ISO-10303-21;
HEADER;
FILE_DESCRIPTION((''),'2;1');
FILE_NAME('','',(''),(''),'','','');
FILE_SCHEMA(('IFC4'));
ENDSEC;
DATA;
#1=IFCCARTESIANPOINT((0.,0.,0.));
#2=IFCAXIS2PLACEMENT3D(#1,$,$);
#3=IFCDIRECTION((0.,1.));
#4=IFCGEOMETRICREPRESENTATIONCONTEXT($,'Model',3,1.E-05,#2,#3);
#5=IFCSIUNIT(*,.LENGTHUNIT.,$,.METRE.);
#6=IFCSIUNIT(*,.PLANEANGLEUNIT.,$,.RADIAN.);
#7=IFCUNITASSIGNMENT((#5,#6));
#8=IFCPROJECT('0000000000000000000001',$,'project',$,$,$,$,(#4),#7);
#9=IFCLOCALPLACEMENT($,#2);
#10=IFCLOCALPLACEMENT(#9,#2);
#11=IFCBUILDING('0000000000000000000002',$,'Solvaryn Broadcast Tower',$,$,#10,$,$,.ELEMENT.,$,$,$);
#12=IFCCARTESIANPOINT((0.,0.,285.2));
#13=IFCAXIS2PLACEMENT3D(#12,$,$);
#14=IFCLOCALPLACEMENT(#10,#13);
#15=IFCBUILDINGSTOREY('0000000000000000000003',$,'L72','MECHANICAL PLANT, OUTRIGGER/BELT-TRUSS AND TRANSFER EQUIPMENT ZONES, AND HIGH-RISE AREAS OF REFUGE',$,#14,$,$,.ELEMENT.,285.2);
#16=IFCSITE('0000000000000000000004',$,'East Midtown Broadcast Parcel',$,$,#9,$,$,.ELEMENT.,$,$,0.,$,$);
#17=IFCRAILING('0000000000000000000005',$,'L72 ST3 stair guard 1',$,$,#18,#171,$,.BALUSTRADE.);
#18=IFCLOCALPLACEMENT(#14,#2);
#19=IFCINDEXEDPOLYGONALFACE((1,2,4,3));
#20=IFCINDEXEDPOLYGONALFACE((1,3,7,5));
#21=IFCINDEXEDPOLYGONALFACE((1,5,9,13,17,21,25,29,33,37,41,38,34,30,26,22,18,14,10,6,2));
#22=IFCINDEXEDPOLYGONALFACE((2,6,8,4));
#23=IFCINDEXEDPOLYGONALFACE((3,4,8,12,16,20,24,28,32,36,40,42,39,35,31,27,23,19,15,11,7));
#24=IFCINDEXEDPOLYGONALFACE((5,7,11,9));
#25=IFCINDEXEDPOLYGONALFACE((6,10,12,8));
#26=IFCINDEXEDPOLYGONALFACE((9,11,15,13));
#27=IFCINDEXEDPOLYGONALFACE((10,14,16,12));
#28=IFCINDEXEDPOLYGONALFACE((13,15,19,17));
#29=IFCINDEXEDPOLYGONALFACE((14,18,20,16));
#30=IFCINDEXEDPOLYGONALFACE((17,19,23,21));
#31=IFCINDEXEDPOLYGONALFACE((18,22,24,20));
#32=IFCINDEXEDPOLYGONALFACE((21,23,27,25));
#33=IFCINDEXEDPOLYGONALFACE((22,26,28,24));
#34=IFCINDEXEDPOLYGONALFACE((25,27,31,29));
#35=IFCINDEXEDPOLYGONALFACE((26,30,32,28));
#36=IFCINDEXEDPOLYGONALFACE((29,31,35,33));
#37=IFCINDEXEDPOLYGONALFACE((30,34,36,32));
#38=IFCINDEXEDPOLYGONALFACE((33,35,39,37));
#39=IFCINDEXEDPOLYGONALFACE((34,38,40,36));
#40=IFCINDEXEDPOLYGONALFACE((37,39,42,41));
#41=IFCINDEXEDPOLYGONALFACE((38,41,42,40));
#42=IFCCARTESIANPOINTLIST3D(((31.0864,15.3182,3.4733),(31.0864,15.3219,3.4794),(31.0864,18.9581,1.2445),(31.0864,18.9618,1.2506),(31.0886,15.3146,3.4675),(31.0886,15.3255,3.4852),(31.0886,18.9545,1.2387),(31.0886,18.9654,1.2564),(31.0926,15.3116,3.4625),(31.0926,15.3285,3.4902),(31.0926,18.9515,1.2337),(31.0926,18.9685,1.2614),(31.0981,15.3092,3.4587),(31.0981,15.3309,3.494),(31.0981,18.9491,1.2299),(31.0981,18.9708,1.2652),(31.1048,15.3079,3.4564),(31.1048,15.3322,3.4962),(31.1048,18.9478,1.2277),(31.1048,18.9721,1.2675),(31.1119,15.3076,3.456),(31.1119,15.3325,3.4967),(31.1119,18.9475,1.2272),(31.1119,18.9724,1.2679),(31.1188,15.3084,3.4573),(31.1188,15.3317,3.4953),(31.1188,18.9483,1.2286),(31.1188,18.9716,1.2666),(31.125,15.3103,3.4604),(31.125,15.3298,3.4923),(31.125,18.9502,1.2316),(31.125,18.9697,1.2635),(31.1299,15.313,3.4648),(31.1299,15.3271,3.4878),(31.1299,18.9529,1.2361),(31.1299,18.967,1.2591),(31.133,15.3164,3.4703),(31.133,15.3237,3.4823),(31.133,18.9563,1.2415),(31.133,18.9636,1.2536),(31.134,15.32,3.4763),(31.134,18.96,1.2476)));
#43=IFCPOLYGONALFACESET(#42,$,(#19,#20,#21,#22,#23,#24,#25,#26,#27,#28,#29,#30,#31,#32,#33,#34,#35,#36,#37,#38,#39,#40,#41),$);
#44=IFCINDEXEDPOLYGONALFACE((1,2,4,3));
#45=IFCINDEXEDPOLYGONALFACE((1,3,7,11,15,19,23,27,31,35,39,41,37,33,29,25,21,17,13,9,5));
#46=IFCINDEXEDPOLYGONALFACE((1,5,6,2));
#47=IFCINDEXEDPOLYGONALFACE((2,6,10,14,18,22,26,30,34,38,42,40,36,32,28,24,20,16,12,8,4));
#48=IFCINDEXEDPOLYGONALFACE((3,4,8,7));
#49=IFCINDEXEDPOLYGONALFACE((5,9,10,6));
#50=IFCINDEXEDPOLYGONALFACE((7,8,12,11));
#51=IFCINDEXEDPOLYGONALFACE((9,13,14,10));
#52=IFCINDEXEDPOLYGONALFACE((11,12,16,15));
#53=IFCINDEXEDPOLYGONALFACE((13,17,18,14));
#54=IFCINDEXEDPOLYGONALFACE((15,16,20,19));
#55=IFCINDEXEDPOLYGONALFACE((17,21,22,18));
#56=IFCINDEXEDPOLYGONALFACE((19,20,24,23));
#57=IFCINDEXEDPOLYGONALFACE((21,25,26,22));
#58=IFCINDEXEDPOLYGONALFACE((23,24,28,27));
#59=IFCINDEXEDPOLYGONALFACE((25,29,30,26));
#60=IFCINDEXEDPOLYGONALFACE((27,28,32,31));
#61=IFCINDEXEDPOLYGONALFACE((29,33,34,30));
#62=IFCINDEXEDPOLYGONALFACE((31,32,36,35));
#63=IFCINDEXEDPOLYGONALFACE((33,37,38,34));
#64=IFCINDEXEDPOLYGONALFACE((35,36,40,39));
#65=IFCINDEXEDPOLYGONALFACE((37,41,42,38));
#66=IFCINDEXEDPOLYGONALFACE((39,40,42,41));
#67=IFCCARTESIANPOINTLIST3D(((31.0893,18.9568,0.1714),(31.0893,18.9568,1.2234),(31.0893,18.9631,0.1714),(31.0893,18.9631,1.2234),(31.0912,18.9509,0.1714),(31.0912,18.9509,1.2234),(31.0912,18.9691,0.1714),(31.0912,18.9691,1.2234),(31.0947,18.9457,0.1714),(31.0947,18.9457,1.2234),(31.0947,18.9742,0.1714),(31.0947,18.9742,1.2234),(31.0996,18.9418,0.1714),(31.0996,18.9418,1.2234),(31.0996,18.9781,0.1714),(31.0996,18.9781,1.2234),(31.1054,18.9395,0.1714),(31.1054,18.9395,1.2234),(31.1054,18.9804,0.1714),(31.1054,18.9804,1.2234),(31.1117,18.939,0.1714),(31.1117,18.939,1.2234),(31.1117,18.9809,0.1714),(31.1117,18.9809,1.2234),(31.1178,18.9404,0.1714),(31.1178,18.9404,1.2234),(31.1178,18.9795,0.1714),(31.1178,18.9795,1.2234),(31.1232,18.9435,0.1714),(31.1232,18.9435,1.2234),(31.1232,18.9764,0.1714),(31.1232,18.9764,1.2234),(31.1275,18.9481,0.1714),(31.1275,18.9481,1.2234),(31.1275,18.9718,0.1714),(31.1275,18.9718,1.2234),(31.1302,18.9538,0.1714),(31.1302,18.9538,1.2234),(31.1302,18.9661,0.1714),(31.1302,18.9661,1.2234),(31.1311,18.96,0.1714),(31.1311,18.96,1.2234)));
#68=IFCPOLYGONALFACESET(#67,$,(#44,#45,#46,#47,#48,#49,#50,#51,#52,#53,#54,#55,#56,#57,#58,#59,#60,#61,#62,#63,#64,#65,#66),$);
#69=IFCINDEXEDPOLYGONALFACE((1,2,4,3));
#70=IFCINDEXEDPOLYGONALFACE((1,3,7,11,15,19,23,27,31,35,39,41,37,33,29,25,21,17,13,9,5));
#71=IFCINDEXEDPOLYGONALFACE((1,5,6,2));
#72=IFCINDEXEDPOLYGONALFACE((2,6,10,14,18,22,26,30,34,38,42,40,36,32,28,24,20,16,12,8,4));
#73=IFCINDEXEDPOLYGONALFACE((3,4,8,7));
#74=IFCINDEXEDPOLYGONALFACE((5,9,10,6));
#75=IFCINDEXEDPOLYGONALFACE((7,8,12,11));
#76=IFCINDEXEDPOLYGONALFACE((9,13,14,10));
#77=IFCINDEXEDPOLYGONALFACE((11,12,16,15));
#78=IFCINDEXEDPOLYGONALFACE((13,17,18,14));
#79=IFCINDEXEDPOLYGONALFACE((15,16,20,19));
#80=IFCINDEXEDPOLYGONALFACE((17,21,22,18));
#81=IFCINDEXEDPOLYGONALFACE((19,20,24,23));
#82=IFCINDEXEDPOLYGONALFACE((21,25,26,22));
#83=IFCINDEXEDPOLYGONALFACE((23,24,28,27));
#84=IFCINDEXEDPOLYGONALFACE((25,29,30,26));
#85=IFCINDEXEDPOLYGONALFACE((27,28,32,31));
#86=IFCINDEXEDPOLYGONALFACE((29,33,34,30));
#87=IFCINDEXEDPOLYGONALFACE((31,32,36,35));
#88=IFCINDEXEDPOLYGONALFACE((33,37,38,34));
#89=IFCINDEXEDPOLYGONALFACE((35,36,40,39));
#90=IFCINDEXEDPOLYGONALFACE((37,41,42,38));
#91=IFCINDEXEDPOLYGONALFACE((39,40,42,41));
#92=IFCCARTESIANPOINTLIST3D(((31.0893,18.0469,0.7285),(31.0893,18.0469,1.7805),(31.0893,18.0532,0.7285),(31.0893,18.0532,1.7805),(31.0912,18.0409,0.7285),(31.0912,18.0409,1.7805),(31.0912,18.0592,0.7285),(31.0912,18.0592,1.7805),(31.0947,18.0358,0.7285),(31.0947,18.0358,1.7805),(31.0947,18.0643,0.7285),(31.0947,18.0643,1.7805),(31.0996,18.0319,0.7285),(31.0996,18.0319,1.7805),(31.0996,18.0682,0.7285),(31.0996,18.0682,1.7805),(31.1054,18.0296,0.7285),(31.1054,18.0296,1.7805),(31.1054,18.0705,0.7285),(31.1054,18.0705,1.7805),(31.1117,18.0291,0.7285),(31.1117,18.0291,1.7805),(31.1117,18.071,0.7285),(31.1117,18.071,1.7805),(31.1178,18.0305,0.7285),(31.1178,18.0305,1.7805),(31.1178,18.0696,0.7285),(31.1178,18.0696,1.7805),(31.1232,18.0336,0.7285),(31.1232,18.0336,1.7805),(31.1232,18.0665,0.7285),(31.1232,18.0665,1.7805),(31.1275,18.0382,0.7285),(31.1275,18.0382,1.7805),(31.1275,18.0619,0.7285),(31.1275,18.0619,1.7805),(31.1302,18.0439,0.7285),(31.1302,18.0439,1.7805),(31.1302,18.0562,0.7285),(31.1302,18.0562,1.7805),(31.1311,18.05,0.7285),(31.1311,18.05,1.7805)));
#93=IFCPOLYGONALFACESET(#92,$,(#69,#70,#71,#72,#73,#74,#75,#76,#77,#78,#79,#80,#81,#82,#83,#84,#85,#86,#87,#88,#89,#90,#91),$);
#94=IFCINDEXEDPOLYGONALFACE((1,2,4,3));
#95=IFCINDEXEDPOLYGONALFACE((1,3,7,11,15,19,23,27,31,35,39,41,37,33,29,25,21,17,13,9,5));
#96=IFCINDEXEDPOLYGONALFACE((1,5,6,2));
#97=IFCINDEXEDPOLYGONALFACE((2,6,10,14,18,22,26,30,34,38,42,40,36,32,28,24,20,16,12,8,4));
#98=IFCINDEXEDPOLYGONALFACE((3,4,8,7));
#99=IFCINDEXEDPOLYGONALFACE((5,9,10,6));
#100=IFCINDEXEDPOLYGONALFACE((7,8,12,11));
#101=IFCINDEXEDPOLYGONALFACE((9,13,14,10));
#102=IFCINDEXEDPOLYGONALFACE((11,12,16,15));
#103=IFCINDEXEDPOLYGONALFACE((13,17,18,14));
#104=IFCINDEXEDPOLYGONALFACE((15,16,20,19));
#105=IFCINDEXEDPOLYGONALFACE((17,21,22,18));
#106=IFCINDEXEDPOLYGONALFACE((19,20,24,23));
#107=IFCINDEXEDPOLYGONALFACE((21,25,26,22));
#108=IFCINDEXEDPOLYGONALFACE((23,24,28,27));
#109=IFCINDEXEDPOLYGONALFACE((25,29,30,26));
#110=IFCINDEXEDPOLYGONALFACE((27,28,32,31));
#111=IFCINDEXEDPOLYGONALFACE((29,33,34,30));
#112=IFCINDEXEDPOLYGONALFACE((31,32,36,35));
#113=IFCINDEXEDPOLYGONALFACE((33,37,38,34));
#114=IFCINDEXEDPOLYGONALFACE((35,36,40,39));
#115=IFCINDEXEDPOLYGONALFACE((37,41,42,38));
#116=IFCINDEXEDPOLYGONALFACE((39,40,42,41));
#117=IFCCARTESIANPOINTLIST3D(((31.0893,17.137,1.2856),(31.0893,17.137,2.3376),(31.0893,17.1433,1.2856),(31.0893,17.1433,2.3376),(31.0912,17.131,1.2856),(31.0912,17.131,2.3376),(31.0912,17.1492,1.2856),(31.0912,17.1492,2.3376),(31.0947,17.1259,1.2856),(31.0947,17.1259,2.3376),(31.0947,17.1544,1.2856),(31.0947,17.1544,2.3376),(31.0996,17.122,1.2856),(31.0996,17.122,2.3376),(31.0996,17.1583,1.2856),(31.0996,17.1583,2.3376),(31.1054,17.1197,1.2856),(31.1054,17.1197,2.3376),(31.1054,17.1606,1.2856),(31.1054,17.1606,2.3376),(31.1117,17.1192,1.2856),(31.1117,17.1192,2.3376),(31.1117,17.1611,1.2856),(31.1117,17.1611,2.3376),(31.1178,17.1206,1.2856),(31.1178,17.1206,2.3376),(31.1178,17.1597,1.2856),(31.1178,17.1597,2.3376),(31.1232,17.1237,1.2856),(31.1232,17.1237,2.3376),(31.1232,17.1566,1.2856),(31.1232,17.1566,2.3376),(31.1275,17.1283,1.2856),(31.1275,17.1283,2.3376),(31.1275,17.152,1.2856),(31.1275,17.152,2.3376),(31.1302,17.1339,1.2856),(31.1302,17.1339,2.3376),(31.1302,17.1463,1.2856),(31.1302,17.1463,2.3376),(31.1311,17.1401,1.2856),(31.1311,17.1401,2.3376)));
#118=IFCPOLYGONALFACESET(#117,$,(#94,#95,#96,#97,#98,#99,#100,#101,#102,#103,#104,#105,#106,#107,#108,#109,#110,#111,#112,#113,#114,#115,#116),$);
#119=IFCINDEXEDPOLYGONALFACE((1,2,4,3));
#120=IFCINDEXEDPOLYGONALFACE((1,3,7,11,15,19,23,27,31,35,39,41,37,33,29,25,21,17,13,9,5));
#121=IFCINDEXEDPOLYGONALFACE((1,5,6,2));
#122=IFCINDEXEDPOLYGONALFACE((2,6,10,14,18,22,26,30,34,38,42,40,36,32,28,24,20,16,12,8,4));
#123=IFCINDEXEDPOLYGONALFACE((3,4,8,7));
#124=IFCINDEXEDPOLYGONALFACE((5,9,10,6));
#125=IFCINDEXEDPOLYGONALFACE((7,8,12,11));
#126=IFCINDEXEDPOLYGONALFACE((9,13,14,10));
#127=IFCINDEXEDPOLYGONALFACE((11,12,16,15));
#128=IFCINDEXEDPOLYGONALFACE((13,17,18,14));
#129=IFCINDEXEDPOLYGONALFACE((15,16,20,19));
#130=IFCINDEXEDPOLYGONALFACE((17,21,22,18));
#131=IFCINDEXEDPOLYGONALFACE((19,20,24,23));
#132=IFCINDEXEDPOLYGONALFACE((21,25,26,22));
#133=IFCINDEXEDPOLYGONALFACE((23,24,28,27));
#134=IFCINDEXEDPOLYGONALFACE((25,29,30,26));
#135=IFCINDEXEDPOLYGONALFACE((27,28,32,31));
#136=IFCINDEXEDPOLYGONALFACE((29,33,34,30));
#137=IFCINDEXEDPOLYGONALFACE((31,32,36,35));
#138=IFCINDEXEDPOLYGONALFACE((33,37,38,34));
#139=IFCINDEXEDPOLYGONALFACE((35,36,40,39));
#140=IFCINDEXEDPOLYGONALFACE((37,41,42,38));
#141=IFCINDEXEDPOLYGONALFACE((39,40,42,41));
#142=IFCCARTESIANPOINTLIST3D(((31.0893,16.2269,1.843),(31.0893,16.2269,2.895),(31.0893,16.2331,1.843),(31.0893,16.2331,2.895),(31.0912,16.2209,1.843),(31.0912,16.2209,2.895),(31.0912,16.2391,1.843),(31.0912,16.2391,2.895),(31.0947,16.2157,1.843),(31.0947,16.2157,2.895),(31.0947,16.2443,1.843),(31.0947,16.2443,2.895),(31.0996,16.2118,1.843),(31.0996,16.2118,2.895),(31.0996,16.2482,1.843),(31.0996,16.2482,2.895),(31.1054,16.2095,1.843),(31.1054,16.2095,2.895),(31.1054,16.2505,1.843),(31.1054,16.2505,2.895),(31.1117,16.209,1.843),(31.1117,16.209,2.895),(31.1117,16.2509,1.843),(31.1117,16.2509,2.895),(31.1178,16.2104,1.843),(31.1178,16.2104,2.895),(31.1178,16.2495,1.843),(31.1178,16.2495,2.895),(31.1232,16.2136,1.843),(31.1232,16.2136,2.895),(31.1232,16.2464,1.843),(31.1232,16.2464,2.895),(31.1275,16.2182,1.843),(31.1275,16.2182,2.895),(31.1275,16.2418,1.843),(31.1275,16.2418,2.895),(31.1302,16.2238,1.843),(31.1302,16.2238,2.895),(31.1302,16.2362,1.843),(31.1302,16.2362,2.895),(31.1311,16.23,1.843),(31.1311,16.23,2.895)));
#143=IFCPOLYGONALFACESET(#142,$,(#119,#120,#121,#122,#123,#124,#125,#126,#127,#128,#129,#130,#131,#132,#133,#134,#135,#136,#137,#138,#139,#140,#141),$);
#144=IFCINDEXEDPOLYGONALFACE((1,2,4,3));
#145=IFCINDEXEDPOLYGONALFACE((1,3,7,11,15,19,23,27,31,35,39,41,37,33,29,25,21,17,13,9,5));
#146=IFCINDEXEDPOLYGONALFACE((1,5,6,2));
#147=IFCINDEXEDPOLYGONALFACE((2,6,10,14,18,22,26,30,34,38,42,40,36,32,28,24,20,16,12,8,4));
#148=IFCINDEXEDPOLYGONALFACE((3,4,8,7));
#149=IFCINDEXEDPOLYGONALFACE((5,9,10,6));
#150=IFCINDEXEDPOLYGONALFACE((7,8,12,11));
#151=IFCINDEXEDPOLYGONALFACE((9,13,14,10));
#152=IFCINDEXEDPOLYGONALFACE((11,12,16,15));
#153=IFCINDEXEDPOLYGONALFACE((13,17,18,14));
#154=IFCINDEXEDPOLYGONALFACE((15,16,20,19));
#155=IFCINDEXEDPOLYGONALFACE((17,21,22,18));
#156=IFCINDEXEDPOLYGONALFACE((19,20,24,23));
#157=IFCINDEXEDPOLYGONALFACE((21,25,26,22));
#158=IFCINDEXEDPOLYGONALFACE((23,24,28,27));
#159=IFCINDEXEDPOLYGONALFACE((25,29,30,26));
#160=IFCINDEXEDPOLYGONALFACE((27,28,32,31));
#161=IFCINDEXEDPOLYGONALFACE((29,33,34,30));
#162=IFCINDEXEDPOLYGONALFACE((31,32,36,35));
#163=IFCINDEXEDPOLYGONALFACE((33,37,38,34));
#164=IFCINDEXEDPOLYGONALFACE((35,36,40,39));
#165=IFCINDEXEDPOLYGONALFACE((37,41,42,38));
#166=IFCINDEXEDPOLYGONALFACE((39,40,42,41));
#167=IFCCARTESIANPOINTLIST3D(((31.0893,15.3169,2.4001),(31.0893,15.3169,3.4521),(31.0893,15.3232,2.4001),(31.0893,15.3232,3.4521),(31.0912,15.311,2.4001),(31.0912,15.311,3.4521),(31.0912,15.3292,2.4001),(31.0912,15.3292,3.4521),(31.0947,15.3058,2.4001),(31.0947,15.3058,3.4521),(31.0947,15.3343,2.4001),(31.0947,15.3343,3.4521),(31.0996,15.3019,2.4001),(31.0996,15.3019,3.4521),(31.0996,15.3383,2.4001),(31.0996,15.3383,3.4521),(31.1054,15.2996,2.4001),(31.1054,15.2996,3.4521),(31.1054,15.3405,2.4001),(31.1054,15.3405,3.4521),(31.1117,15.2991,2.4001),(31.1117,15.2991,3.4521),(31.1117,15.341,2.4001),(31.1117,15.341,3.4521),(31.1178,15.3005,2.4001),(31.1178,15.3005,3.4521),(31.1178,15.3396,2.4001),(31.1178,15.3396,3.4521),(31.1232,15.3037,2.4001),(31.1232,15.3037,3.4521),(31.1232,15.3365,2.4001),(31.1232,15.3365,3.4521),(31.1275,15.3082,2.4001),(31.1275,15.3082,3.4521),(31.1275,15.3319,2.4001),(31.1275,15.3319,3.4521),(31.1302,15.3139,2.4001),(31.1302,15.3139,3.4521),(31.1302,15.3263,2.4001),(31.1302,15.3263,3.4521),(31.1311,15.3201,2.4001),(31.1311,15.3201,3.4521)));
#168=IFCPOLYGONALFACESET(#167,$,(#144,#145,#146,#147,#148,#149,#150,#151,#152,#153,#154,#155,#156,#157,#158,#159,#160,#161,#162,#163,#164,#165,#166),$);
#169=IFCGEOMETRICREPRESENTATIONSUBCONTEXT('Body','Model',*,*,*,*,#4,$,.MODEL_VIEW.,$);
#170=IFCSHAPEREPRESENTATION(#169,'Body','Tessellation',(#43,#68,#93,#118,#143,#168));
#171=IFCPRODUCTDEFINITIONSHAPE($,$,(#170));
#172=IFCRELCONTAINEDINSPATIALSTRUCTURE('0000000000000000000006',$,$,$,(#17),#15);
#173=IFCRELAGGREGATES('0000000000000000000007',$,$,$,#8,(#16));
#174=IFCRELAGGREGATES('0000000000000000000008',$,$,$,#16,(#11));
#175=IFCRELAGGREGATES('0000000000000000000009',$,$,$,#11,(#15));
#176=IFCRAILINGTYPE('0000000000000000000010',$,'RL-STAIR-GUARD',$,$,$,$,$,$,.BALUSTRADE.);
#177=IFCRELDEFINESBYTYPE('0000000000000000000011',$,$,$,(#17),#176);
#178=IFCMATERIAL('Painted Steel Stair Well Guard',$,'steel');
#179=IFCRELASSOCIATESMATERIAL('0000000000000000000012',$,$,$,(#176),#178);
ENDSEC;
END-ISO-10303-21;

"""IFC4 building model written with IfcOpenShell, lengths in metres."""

from ifc_helpers import new_model, si_unit, direction, frame, origin, origin_2d, place, context, subcontext, project, spatial, circle, extrude, material, type_object, element, save


model = new_model("IFC4")

# Units and contexts
model_context = context("Model", 3, precision=1e-05, world=origin(), true_north=direction((0.0, 1.0)))
body_context = subcontext(model_context, "Body", "Model", "MODEL_VIEW")
ifc_project = project(units=[si_unit("LENGTHUNIT", "METRE"), si_unit("PLANEANGLEUNIT", "RADIAN")], contexts=[model_context])

# Site, building, storey
site_placement = place(None, origin())
site = spatial("IfcSite", under=ifc_project, at=site_placement, Name="East Midtown Broadcast Parcel", CompositionType="ELEMENT", RefElevation=0.0)
building_placement = place(site_placement, origin())
building = spatial("IfcBuilding", under=site, at=building_placement, Name="Solvaryn Broadcast Tower", CompositionType="ELEMENT")
storey_placement = place(building_placement, frame((0.0, 0.0, 285.2)))
storey = spatial("IfcBuildingStorey", under=building, at=storey_placement, Name="L72", Description="MECHANICAL PLANT, OUTRIGGER/BELT-TRUSS AND TRANSFER EQUIPMENT ZONES, AND HIGH-RISE AREAS OF REFUGE", CompositionType="ELEMENT", Elevation=285.2)

# Railing
ifc_material_1 = material(Name="Painted Steel Stair Well Guard", Category="steel")
railing_type_1 = type_object("IfcRailingType", Name="RL-STAIR-GUARD", PredefinedType="BALUSTRADE", material=ifc_material_1)
railing_1_placement = place(storey_placement, frame((31.1101, 18.96, 0.1714)))
element("IfcRailing", 1, at=railing_1_placement, inside=storey, type_object=railing_type_1, Name="L72 ST3 stair guard 1", PredefinedType="BALUSTRADE", context=body_context, shape_type="SweptSolid", body=[
    extrude(circle(Radius=0.0239, at=origin_2d()), frame((0.0, 0.0, 1.0762), z_axis=(0.0, -0.852825, 0.522197), x_axis=(1.0, 0.0, 0.0)), (0.0, 0.0, 1.0), 4.2681),
    extrude(circle(Radius=0.021, at=origin_2d()), origin(), (0.0, 0.0, 1.0), 1.052),
    extrude(circle(Radius=0.021, at=origin_2d()), frame((0.0, -0.9099, 0.5571)), (0.0, 0.0, 1.0), 1.052),
    extrude(circle(Radius=0.021, at=origin_2d()), frame((0.0, -1.8198, 1.1143)), (0.0, 0.0, 1.0), 1.052),
    extrude(circle(Radius=0.021, at=origin_2d()), frame((0.0, -2.73, 1.6716)), (0.0, 0.0, 1.0), 1.052),
    extrude(circle(Radius=0.021, at=origin_2d()), frame((0.0, -3.6399, 2.2288)), (0.0, 0.0, 1.0), 1.052),
])

save(model, "model.ifc")
